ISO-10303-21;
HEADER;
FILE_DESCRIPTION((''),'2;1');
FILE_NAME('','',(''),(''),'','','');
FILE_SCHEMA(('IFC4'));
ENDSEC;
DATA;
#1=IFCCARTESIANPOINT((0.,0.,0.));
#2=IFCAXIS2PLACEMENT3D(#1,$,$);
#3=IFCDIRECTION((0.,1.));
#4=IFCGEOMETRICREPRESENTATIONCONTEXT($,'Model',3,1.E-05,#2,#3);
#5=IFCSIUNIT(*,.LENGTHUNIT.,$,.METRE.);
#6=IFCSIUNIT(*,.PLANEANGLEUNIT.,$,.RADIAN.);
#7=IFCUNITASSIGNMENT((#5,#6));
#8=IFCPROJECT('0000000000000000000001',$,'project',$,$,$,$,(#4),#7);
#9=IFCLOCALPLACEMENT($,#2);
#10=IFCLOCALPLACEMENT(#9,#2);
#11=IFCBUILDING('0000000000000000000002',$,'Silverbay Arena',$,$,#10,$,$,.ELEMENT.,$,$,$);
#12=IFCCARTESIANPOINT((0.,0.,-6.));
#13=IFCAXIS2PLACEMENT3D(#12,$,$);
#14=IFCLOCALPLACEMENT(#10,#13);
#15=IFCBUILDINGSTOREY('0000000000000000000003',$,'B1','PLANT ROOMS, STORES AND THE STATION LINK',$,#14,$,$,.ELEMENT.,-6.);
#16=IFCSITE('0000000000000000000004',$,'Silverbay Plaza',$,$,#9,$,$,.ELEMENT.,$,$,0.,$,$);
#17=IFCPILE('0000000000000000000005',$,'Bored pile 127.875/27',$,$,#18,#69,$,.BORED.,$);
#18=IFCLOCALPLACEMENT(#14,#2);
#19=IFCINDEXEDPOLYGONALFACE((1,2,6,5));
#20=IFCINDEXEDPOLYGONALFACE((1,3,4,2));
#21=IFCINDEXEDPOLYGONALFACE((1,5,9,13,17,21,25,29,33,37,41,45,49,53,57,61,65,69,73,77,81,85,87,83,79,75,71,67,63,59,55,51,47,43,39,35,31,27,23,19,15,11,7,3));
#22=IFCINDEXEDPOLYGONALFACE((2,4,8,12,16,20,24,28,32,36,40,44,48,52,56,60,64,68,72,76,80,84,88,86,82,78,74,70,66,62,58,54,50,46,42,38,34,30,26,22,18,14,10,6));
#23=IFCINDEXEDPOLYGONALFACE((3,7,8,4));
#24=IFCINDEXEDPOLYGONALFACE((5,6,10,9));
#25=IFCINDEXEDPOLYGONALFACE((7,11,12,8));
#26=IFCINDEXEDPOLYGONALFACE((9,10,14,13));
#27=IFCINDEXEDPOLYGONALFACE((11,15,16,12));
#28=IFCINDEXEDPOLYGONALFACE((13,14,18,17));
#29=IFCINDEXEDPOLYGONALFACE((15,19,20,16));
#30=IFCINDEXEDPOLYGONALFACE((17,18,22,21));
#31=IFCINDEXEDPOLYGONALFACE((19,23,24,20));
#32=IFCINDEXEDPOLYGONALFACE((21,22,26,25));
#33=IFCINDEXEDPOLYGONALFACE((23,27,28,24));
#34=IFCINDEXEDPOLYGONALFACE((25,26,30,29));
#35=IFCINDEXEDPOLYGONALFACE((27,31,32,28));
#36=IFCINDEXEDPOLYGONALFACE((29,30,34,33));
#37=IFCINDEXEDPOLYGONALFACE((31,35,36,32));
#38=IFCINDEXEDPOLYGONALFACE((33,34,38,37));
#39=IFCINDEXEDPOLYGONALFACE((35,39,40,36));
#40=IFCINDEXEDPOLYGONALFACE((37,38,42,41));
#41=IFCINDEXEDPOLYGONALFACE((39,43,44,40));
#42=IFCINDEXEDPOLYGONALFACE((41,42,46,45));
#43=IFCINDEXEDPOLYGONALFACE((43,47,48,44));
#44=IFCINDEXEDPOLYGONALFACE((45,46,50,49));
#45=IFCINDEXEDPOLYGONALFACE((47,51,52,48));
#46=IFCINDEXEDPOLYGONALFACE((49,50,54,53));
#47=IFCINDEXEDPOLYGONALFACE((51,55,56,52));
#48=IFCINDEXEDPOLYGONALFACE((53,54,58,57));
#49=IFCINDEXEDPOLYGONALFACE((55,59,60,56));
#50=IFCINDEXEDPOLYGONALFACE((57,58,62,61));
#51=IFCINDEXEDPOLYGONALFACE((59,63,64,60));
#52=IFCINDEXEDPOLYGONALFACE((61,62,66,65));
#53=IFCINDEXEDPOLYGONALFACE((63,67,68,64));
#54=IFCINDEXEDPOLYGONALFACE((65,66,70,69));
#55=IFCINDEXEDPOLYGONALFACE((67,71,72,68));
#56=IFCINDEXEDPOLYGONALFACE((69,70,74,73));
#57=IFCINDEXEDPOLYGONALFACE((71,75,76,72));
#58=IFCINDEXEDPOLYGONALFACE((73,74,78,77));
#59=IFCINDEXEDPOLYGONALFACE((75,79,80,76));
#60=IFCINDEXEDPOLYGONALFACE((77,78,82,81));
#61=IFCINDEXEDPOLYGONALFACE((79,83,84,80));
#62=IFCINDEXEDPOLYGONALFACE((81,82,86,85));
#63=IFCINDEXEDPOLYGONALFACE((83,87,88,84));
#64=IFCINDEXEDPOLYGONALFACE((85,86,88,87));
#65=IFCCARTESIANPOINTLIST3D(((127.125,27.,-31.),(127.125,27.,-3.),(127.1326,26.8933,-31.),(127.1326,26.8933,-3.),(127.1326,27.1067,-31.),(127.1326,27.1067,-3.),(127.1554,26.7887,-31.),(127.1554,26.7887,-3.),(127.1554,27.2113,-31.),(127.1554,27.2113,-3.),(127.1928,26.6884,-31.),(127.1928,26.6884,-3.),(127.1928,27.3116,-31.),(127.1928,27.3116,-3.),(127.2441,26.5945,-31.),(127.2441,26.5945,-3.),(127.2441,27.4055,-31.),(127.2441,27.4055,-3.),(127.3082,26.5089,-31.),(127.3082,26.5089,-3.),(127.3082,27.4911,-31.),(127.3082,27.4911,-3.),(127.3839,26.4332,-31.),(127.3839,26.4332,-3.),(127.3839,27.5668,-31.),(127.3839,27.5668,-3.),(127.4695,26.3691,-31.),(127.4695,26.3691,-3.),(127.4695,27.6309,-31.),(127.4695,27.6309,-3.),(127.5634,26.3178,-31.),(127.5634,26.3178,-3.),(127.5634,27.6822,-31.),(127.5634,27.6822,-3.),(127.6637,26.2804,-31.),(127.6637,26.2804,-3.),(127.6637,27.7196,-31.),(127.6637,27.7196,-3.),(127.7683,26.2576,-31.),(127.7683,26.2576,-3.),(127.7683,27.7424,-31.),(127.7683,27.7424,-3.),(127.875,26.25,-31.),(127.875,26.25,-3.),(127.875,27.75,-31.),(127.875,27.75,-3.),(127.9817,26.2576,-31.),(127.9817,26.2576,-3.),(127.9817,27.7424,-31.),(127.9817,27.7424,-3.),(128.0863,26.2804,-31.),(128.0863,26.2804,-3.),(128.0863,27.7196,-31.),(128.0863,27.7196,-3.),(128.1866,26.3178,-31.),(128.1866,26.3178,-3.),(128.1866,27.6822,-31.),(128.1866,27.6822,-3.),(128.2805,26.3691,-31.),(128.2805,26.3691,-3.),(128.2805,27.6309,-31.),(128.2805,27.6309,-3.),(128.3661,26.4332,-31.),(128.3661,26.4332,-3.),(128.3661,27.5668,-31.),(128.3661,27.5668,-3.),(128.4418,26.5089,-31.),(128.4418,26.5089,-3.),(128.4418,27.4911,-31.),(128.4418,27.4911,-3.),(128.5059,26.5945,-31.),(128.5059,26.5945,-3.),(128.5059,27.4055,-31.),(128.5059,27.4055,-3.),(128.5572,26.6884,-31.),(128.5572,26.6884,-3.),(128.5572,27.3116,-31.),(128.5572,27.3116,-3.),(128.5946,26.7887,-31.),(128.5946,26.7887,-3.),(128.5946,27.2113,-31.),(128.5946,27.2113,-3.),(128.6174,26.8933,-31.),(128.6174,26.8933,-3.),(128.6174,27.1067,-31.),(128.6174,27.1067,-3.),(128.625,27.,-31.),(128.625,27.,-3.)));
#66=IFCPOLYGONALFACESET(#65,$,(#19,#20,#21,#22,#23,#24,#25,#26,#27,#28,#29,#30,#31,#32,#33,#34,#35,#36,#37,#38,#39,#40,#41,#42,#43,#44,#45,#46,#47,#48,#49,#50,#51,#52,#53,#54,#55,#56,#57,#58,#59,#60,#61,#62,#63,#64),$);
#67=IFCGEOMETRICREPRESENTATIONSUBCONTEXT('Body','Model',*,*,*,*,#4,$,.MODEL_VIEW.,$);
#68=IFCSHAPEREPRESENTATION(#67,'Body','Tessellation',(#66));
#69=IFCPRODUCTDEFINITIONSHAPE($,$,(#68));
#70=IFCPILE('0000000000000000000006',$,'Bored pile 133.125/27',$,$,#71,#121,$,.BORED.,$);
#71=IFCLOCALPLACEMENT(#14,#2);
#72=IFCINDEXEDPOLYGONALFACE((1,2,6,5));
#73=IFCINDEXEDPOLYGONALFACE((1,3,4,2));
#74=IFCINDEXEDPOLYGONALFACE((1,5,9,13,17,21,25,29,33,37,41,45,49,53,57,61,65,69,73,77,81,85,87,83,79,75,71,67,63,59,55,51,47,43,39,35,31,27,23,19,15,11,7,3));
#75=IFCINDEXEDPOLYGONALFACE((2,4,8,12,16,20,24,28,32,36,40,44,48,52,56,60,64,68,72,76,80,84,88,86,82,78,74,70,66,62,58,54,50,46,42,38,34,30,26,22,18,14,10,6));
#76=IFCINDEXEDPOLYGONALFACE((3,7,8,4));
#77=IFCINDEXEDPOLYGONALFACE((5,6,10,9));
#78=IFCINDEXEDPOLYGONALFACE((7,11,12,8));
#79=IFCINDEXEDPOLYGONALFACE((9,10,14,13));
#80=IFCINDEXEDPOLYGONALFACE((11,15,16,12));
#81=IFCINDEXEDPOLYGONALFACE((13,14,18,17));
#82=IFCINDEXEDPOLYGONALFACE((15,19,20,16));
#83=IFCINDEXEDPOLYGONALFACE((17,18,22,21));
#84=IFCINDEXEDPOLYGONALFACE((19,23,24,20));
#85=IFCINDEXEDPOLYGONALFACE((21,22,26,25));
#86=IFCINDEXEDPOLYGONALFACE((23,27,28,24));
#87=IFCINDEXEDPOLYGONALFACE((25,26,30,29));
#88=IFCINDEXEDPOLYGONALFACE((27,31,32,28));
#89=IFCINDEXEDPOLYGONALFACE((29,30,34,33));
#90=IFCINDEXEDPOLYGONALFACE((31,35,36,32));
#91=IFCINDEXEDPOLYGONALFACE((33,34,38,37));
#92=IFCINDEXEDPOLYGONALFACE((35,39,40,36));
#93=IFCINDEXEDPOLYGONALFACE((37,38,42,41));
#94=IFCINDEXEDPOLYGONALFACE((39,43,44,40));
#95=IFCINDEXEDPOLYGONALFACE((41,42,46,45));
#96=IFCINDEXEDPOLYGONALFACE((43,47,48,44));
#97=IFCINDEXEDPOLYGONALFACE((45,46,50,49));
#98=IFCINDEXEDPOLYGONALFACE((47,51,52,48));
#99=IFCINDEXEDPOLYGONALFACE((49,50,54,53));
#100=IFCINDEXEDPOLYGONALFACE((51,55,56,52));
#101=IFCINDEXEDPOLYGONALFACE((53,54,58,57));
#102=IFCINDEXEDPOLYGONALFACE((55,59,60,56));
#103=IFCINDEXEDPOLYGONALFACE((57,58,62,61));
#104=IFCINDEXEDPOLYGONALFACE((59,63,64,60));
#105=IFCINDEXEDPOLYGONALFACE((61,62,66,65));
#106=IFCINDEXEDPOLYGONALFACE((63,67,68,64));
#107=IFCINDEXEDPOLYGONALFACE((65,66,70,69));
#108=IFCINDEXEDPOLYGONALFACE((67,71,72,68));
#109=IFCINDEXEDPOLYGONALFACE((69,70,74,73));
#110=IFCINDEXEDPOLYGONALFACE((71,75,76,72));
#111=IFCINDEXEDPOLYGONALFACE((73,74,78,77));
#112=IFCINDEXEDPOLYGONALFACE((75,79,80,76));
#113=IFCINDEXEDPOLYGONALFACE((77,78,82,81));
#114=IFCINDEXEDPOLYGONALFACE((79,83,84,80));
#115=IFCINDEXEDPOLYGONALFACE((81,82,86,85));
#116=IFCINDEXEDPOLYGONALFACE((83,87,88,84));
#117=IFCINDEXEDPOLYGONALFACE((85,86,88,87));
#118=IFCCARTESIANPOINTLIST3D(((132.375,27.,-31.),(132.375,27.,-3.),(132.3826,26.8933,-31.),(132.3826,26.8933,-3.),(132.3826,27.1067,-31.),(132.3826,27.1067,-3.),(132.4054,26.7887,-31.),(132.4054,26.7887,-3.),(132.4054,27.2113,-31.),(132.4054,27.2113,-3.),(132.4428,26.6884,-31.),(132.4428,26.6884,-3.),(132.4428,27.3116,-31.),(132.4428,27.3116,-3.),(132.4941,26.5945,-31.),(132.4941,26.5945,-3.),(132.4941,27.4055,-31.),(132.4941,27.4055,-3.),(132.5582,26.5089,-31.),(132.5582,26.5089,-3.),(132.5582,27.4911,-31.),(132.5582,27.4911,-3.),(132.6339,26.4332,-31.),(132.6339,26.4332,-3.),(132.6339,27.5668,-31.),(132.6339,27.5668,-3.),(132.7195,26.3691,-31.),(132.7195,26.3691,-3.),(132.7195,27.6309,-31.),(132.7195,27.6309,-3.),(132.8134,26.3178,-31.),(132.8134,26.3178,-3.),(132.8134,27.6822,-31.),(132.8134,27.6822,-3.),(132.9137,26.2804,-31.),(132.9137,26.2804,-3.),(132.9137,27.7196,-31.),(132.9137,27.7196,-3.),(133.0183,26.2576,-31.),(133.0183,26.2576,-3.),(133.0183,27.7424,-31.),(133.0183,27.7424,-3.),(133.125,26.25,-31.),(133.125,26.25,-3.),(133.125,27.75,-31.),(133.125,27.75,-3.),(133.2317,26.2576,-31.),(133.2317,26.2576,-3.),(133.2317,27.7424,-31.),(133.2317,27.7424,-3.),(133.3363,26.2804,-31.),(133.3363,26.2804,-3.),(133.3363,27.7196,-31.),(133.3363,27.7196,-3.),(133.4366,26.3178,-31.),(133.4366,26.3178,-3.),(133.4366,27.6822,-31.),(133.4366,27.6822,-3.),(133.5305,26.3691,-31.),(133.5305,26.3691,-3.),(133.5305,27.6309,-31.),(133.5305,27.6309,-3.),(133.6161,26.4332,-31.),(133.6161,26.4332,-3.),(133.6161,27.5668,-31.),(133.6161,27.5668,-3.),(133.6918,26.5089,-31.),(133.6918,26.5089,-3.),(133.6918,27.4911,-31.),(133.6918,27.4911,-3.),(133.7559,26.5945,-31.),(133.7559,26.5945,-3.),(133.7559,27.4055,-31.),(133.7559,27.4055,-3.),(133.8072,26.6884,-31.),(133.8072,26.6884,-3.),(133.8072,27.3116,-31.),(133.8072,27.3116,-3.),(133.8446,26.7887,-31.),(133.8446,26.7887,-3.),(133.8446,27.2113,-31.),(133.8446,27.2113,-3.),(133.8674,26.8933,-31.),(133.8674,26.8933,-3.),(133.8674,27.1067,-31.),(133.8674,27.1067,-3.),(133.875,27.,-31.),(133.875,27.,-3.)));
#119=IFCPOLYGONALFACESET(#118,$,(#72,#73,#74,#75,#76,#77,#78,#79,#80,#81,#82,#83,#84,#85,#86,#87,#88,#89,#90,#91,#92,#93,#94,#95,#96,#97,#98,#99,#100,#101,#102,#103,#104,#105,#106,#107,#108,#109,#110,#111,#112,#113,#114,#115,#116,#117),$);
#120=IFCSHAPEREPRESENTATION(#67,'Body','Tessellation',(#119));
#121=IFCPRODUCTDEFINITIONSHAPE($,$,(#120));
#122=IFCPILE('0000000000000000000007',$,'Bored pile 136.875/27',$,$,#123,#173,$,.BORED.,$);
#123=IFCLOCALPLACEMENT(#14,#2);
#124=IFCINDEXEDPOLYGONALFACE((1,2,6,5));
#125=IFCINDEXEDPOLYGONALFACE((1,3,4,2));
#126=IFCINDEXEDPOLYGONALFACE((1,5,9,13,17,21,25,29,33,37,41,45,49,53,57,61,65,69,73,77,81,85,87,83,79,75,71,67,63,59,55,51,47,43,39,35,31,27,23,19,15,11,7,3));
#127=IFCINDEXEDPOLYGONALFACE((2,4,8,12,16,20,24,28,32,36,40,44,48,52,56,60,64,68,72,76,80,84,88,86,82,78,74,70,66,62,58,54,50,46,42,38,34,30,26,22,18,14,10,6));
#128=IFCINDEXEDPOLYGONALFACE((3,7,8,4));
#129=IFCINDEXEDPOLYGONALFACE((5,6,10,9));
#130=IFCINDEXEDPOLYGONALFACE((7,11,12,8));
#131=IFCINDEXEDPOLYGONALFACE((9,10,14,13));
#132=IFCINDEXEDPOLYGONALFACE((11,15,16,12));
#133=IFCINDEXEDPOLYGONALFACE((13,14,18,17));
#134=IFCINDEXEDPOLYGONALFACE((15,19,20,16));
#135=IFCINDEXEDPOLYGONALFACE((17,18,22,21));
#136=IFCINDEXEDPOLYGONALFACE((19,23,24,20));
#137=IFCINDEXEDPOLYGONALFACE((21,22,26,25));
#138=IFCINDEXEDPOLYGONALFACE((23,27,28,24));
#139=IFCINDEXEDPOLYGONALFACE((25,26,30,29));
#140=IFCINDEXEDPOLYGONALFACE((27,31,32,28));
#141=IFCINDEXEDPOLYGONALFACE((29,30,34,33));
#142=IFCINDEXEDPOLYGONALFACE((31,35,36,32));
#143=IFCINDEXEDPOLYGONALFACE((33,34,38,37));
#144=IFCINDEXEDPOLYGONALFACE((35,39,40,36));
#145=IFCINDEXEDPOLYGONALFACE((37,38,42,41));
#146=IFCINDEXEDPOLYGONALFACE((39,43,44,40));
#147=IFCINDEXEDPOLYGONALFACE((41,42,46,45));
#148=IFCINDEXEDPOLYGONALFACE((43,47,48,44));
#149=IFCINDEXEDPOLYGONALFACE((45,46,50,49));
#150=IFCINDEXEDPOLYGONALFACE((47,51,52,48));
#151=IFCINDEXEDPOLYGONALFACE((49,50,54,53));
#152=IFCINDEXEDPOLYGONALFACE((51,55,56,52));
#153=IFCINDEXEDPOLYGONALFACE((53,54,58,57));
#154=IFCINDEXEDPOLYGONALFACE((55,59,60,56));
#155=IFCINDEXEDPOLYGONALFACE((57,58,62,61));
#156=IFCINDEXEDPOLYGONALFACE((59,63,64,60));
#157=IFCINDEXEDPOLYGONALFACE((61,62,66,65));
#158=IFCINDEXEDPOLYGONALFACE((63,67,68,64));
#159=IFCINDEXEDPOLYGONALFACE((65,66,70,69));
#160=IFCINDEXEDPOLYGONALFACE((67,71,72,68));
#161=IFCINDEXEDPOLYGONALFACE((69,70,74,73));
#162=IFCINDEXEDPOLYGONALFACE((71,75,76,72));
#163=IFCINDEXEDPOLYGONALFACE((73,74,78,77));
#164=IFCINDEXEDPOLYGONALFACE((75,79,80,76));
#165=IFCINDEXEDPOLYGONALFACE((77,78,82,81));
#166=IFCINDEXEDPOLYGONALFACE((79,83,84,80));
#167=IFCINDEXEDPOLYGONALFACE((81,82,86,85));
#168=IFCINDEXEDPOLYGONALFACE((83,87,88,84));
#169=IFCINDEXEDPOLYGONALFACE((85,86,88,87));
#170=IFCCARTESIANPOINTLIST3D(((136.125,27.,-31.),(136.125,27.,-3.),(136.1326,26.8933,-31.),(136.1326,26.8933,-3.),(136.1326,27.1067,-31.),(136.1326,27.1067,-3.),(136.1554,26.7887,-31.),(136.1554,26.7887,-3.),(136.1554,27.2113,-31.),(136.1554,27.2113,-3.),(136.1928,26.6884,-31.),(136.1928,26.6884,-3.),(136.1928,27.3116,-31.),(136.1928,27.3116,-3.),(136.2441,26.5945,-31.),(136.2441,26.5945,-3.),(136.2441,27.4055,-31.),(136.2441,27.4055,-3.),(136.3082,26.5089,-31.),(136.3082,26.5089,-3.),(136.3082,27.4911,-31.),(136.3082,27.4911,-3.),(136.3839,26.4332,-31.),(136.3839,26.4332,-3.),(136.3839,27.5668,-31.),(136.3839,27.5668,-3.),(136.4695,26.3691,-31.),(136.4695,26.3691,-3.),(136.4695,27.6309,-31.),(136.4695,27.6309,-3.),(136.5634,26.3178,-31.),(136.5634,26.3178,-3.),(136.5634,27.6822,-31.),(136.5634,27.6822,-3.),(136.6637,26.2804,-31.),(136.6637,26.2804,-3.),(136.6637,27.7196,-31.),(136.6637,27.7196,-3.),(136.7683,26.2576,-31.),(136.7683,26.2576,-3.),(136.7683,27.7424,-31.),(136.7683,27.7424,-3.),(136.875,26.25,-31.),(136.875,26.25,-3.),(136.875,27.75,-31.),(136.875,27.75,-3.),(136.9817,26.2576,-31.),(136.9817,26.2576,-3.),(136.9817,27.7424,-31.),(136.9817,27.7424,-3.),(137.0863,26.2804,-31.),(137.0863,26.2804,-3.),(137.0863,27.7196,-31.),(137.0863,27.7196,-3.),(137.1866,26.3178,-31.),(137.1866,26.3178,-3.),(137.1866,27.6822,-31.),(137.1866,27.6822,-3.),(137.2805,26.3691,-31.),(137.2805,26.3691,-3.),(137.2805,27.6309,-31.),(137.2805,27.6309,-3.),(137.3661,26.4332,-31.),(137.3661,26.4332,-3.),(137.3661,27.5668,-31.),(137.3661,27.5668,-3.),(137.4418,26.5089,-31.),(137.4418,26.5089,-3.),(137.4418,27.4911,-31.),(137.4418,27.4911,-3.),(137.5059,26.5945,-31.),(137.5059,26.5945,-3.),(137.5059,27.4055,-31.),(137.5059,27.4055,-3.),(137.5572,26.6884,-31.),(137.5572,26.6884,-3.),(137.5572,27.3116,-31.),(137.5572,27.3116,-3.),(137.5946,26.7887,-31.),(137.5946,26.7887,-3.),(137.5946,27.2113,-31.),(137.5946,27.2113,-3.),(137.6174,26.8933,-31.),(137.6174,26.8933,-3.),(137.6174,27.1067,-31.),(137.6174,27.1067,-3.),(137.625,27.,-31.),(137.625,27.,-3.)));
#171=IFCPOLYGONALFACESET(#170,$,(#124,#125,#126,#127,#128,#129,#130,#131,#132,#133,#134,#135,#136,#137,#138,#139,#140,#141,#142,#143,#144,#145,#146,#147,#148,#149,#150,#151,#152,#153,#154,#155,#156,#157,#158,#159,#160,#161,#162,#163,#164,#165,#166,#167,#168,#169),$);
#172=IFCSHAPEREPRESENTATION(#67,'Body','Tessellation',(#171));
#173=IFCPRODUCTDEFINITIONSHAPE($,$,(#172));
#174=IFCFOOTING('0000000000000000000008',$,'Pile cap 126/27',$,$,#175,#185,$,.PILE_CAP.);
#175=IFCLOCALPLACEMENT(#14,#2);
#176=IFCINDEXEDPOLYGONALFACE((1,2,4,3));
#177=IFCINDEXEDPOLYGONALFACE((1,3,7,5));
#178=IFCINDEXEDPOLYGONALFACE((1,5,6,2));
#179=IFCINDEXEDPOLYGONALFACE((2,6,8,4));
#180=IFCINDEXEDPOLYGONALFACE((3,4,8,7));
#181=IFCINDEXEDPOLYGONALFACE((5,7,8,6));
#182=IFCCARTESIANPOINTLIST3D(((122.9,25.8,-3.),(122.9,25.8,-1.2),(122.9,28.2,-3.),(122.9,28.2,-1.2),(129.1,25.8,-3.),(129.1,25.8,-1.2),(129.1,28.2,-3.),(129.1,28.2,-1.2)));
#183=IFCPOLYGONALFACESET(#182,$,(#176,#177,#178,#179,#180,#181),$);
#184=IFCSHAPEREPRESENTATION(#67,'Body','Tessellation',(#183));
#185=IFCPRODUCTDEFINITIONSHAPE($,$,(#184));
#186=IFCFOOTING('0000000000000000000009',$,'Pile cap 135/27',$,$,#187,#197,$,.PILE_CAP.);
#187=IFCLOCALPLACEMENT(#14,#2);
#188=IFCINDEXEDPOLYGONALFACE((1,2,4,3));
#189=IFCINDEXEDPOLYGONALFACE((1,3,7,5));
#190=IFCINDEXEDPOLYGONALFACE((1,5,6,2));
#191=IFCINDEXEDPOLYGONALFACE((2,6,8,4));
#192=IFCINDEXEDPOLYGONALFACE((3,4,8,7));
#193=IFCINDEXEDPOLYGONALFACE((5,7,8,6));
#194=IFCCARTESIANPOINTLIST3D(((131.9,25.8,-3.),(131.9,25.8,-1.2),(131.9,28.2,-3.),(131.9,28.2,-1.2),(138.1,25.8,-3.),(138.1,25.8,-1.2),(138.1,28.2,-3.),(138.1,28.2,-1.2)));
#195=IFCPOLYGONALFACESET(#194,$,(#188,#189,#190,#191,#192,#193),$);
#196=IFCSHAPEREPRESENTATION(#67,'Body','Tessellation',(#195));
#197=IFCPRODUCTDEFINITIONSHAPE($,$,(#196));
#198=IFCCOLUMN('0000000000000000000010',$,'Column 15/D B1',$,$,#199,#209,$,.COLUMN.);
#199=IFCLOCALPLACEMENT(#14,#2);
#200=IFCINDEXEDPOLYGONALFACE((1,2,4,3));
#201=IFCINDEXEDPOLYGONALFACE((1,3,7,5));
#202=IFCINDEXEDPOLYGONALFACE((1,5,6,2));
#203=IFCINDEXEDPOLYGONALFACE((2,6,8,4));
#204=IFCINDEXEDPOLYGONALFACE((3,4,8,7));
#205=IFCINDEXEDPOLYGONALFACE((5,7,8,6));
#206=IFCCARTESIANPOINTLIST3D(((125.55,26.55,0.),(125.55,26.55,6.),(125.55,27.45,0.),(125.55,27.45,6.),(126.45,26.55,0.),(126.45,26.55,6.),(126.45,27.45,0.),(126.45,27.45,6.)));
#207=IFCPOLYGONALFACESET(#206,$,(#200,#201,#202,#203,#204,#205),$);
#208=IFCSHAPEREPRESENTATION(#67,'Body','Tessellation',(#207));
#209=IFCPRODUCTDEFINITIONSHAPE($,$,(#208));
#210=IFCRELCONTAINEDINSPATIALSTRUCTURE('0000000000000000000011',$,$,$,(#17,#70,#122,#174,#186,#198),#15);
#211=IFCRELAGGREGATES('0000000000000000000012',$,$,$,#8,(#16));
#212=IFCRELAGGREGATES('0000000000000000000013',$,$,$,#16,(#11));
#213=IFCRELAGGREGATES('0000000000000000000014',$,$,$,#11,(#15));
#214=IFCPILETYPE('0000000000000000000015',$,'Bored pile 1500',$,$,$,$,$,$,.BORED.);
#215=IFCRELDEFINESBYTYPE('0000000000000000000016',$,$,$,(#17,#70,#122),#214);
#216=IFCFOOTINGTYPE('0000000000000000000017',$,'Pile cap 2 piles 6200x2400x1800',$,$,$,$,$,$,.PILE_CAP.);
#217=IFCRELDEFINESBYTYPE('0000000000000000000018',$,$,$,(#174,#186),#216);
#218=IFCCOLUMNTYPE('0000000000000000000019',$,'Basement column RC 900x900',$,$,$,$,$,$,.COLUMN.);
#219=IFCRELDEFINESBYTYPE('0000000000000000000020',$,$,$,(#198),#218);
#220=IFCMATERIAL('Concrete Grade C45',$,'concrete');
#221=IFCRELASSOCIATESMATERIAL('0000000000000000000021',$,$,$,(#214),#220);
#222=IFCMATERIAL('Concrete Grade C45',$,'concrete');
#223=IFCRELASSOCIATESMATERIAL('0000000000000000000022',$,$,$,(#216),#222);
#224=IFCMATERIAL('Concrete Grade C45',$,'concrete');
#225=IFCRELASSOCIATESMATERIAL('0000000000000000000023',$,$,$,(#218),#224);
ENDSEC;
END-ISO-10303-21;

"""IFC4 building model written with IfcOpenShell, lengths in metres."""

from ifc_helpers import new_model, si_unit, direction, frame, origin, origin_2d, place, context, subcontext, project, spatial, rectangle, circle, extrude, material, material_profile, profile_set, type_object, element, save


model = new_model("IFC4")

# Units and contexts
model_context = context("Model", 3, precision=1e-05, world=origin(), true_north=direction((0.0, 1.0)))
body_context = subcontext(model_context, "Body", "Model", "MODEL_VIEW")
ifc_project = project(units=[si_unit("LENGTHUNIT", "METRE"), si_unit("PLANEANGLEUNIT", "RADIAN")], contexts=[model_context])

# Site, building, storey
site_placement = place(None, origin())
site = spatial("IfcSite", under=ifc_project, at=site_placement, Name="Silverbay Plaza", CompositionType="ELEMENT", RefElevation=0.0)
building_placement = place(site_placement, origin())
building = spatial("IfcBuilding", under=site, at=building_placement, Name="Silverbay Arena", CompositionType="ELEMENT")
storey_placement = place(building_placement, frame((0.0, 0.0, -6.0)))
storey = spatial("IfcBuildingStorey", under=building, at=storey_placement, Name="B1", Description="PLANT ROOMS, STORES AND THE STATION LINK", CompositionType="ELEMENT", Elevation=-6.0)

# Piles
ifc_material_1 = material(Name="Concrete Grade C45", Category="concrete")
ifc_material_profile_1 = material_profile(ifc_material_1, circle(Radius=0.75, at=origin_2d()), Name="Bored pile 1500")
ifc_profile_set_1 = profile_set([ifc_material_profile_1], Name="Concrete Grade C45")
pile_type = type_object("IfcPileType", Name="Bored pile 1500", PredefinedType="BORED", material=ifc_profile_set_1)
for number, where, z_axis, x_axis, name in (
    (1, (127.875, 27.0, -3.0), (0.0, 0.0, -1.0), (1.0, 0.0, 0.0), "Bored pile 127.875/27"),
    (2, (133.125, 27.0, -3.0), (0.0, 0.0, -1.0), (1.0, 0.0, 0.0), "Bored pile 133.125/27"),
    (3, (136.875, 27.0, -3.0), (0.0, 0.0, -1.0), (1.0, 0.0, 0.0), "Bored pile 136.875/27"),
):
    element("IfcPile", number, at=place(storey_placement, frame(where, z_axis=z_axis, x_axis=x_axis)), inside=storey, type_object=pile_type, Name=name, PredefinedType="BORED", context=body_context, shape_type="SweptSolid", body=[
        extrude(circle(Radius=0.75, at=origin_2d()), origin(), (0.0, 0.0, 1.0), 28.0),
    ])

# Footings
ifc_material_2 = material(Name="Concrete Grade C45", Category="concrete")
footing_type = type_object("IfcFootingType", Name="Pile cap 2 piles 6200x2400x1800", PredefinedType="PILE_CAP", material=ifc_material_2)
for number, where, z_axis, x_axis, name in (
    (4, (126.0, 27.0, -3.0), (0.0, 0.0, 1.0), (1.0, 0.0, 0.0), "Pile cap 126/27"),
    (5, (135.0, 27.0, -3.0), (0.0, 0.0, 1.0), (1.0, 0.0, 0.0), "Pile cap 135/27"),
):
    element("IfcFooting", number, at=place(storey_placement, frame(where, z_axis=z_axis, x_axis=x_axis)), inside=storey, type_object=footing_type, Name=name, PredefinedType="PILE_CAP", context=body_context, shape_type="SweptSolid", body=[
        extrude(rectangle(XDim=6.2, YDim=2.3999, at=origin_2d()), origin(), (0.0, 0.0, 1.0), 1.8),
    ])

# Column
ifc_material_3 = material(Name="Concrete Grade C45", Category="concrete")
ifc_material_profile_2 = material_profile(ifc_material_3, rectangle(XDim=0.8999, YDim=0.8999, at=origin_2d()), Name="RC 900x900")
ifc_profile_set_2 = profile_set([ifc_material_profile_2], Name="Concrete Grade C45")
column_type = type_object("IfcColumnType", Name="Basement column RC 900x900", PredefinedType="COLUMN", material=ifc_profile_set_2)
for number, where, z_axis, x_axis, name in (
    (6, (126.0, 27.0, 0.0), (0.0, 0.0, 1.0), (1.0, 0.0, 0.0), "Column 15/D B1"),
):
    element("IfcColumn", number, at=place(storey_placement, frame(where, z_axis=z_axis, x_axis=x_axis)), inside=storey, type_object=column_type, Name=name, PredefinedType="COLUMN", context=body_context, shape_type="SweptSolid", body=[
        extrude(rectangle(XDim=0.8999, YDim=0.8999, at=origin_2d()), origin(), (0.0, 0.0, 1.0), 6.0),
    ])

save(model, "model.ifc")
